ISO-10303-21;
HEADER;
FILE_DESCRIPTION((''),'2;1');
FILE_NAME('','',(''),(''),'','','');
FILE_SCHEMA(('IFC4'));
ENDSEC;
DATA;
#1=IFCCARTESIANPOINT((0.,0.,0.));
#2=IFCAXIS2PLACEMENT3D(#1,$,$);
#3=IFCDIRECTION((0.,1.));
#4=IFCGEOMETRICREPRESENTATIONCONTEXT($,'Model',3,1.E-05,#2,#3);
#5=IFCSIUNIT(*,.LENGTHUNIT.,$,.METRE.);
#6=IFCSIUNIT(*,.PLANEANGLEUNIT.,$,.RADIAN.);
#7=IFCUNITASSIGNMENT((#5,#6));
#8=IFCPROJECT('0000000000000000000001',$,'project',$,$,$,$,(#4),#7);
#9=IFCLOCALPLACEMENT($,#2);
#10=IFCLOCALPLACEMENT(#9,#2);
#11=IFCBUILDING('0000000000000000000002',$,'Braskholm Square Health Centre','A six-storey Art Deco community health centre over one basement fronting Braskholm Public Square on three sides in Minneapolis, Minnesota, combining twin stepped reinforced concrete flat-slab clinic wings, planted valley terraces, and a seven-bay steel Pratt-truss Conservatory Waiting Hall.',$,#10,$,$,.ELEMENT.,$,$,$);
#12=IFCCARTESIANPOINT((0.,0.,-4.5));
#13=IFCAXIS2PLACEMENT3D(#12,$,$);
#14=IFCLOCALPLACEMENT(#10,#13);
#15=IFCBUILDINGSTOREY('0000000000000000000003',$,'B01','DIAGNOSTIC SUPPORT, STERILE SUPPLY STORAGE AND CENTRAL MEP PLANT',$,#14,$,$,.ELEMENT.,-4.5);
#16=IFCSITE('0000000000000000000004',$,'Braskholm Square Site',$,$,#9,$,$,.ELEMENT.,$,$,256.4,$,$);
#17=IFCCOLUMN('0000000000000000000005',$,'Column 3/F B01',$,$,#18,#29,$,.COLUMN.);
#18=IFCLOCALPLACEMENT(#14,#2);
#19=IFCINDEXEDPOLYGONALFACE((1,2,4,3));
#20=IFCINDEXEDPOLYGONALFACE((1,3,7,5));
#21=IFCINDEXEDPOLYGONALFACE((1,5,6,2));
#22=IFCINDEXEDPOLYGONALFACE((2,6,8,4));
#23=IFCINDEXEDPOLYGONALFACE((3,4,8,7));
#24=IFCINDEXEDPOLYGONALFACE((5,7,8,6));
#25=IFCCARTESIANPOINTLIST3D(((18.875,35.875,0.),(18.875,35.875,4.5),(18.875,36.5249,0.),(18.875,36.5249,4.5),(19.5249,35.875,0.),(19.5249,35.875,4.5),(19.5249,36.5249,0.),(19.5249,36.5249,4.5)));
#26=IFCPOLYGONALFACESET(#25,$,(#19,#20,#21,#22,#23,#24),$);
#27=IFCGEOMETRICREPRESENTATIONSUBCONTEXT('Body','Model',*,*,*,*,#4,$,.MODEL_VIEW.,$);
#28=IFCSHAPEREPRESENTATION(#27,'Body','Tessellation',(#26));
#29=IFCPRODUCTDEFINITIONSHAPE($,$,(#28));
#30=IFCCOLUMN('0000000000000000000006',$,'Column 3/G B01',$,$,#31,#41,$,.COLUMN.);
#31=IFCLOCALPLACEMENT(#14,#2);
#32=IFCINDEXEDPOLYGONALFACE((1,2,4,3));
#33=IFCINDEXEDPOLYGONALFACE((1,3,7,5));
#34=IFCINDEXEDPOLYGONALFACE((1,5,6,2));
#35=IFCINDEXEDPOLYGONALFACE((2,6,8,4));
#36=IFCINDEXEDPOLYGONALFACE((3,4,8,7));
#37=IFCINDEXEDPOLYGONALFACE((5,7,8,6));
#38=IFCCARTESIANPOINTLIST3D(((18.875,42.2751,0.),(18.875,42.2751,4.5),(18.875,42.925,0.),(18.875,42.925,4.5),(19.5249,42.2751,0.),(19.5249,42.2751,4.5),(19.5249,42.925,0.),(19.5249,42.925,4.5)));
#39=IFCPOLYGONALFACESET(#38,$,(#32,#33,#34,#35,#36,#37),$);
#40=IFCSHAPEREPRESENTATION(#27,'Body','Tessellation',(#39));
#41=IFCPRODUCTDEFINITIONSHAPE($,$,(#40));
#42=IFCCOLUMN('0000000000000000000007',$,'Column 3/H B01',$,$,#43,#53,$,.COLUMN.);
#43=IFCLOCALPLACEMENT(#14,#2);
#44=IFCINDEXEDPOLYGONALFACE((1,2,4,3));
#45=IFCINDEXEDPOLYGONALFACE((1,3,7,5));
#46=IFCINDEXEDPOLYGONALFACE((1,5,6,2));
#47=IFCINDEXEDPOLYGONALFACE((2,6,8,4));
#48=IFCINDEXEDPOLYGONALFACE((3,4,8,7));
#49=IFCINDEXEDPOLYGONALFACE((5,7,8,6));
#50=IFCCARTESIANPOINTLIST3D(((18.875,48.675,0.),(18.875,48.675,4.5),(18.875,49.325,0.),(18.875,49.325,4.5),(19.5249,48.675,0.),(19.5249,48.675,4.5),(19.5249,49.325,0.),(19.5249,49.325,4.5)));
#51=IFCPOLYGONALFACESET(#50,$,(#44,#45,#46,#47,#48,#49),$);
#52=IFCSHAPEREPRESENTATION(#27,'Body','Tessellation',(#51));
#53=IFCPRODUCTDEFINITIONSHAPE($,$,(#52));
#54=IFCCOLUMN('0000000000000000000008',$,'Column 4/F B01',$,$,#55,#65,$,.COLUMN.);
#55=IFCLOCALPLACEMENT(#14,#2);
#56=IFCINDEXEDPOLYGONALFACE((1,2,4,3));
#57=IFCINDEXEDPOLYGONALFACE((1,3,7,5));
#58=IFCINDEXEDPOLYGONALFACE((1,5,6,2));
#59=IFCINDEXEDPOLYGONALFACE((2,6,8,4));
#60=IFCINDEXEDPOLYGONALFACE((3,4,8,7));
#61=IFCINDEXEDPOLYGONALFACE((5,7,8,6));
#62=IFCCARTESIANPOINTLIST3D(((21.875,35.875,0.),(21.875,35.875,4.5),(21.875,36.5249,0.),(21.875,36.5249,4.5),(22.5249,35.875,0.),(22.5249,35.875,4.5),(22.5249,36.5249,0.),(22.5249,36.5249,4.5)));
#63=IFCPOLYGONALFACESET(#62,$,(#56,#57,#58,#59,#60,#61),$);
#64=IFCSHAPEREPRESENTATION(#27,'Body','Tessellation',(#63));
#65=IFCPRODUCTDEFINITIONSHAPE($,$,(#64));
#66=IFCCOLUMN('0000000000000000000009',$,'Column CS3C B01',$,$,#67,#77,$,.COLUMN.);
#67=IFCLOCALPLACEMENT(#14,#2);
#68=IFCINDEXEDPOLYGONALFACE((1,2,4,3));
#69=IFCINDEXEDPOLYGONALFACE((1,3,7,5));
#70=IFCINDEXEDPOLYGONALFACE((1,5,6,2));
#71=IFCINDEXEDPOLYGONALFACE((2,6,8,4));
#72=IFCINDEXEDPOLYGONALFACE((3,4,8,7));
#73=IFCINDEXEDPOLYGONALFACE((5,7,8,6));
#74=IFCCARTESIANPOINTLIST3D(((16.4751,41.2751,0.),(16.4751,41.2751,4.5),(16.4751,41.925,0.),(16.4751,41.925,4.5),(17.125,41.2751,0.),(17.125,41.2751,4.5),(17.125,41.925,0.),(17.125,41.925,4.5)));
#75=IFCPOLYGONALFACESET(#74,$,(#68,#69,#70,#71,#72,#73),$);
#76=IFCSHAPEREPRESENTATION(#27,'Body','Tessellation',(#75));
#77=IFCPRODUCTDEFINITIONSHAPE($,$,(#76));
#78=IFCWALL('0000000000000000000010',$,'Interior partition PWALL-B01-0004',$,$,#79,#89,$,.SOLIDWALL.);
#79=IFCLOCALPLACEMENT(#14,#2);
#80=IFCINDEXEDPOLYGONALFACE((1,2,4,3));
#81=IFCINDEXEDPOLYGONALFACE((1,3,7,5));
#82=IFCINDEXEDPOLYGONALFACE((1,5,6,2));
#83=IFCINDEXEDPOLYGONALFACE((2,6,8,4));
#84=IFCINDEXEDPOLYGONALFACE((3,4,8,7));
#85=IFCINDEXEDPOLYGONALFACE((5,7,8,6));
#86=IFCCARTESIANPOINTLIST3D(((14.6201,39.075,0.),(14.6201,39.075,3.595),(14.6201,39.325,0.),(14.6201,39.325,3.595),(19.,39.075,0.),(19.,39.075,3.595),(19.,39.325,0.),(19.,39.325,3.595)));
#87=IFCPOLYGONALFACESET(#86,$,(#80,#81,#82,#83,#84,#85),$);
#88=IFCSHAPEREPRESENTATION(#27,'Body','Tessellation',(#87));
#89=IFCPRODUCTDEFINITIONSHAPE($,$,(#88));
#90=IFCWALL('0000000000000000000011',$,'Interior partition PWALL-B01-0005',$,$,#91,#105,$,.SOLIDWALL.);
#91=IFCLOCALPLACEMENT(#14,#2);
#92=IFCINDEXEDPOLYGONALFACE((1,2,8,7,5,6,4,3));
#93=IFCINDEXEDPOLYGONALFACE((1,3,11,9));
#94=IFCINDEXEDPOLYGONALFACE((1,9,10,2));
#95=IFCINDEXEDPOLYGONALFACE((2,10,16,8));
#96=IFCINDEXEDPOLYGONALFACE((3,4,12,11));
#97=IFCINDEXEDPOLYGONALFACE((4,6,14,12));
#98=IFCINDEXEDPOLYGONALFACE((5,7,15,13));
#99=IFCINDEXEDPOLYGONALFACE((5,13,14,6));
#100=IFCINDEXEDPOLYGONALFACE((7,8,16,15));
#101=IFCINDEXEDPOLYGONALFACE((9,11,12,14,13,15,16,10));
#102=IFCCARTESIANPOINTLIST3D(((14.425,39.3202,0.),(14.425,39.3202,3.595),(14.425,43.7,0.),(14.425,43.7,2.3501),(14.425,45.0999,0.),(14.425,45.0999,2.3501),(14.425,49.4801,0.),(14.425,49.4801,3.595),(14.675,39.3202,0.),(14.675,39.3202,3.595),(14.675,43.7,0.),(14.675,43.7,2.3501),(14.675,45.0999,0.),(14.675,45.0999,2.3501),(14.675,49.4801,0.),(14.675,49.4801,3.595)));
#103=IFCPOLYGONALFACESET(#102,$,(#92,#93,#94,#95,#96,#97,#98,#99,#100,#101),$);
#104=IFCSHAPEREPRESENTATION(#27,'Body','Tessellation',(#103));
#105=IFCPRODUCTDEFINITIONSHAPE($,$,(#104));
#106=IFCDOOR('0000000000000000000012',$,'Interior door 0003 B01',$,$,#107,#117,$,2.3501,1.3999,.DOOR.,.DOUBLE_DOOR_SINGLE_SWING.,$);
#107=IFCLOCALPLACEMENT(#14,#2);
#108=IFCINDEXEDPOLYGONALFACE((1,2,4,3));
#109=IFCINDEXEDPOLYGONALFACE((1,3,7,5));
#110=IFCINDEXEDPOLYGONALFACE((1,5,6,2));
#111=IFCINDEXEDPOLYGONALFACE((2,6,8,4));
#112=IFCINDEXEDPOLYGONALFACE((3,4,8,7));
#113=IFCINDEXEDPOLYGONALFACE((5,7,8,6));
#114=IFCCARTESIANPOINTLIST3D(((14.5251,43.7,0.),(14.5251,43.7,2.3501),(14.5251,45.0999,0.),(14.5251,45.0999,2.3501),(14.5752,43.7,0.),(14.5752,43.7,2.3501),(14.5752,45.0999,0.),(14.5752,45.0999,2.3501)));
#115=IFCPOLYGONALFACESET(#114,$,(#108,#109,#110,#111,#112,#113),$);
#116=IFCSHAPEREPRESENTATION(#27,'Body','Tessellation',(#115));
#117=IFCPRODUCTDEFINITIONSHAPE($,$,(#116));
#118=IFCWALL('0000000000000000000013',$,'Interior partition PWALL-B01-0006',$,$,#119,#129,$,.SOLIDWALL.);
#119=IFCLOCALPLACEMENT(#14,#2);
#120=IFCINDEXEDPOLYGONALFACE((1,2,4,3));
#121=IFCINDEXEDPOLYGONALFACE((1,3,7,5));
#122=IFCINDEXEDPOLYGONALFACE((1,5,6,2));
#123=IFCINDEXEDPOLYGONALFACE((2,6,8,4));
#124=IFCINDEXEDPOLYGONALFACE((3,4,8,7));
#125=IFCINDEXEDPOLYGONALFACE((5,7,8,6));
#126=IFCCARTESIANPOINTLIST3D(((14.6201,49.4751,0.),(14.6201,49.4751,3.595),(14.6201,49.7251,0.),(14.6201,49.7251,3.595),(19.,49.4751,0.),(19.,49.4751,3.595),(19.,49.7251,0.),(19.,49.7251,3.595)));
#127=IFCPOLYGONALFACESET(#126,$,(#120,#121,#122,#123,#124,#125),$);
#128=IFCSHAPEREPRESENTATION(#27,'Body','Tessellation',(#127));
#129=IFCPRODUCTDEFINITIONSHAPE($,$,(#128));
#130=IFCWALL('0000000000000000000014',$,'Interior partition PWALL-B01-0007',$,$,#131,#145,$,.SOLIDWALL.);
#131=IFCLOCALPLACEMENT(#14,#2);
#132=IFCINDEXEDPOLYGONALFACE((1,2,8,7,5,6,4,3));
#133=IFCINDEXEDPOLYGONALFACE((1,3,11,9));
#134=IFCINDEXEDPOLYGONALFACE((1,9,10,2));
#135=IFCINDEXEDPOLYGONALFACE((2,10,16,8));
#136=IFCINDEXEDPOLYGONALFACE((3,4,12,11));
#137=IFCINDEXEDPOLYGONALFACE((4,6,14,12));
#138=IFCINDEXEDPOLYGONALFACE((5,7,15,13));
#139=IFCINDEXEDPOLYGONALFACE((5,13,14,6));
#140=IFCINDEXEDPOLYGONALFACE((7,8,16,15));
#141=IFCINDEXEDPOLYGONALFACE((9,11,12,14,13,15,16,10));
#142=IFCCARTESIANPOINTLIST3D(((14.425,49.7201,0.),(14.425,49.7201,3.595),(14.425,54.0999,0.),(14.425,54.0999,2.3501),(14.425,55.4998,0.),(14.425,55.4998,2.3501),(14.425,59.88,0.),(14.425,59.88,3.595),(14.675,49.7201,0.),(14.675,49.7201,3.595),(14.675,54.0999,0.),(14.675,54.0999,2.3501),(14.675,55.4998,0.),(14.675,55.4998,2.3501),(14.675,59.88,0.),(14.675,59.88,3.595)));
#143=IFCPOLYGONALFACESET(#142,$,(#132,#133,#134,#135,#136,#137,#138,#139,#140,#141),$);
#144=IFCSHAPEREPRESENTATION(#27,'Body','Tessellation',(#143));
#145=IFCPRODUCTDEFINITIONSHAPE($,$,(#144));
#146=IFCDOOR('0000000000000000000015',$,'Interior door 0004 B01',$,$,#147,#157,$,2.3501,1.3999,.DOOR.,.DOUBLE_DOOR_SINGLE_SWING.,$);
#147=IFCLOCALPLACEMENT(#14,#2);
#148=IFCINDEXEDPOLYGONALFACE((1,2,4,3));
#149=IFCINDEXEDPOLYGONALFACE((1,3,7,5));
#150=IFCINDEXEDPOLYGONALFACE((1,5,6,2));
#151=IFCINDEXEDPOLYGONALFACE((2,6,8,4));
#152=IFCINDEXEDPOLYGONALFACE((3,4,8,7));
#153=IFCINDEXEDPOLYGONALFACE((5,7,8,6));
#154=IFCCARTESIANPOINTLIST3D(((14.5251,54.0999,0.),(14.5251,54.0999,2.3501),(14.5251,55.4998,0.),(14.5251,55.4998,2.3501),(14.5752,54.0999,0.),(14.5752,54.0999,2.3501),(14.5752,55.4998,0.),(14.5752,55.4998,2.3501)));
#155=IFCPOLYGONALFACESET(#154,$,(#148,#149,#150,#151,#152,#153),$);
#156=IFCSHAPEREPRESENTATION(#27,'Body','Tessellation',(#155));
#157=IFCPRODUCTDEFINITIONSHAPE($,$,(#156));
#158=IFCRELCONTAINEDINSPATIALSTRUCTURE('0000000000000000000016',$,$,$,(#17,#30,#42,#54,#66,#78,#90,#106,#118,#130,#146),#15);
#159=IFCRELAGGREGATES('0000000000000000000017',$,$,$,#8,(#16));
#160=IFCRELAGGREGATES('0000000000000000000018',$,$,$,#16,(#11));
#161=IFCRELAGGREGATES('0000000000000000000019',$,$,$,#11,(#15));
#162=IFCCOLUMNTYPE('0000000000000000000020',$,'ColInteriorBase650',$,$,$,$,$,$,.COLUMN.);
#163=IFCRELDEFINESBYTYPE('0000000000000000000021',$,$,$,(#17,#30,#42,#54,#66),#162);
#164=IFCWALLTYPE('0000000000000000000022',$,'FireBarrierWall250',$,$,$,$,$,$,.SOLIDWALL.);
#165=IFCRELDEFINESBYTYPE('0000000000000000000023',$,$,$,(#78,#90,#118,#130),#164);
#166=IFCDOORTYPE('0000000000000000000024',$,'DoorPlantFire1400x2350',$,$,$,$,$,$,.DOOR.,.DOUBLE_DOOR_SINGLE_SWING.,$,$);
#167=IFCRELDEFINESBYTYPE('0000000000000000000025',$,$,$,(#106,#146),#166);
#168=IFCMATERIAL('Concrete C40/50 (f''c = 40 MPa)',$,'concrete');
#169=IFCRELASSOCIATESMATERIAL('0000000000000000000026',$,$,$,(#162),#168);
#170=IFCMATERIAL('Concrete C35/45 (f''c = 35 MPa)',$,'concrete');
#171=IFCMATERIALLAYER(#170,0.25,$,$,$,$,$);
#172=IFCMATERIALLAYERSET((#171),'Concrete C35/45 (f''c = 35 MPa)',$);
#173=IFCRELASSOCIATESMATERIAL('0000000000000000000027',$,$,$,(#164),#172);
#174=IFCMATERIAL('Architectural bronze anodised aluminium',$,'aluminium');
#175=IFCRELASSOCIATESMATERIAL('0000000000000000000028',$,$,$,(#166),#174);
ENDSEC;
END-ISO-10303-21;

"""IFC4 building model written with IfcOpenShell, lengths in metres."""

from ifc_helpers import new_model, si_unit, direction, frame, frame_2d, origin, origin_with_axes, origin_2d, place, context, subcontext, project, spatial, rectangle, extrude, material, layer, layer_set, material_profile, profile_set, type_object, element, fill, save


model = new_model("IFC4")

# Units and contexts
model_context = context("Model", 3, precision=1e-05, world=origin(), true_north=direction((0.0, 1.0)))
body_context = subcontext(model_context, "Body", "Model", "MODEL_VIEW")
ifc_project = project(units=[si_unit("LENGTHUNIT", "METRE"), si_unit("PLANEANGLEUNIT", "RADIAN")], contexts=[model_context])

# Site, building, storey
site_placement = place(None, origin())
site = spatial("IfcSite", under=ifc_project, at=site_placement, Name="Braskholm Square Site", CompositionType="ELEMENT", RefElevation=256.4)
building_placement = place(site_placement, origin())
building = spatial("IfcBuilding", under=site, at=building_placement, Name="Braskholm Square Health Centre", Description="A six-storey Art Deco community health centre over one basement fronting Braskholm Public Square on three sides in Minneapolis, Minnesota, combining twin stepped reinforced concrete flat-slab clinic wings, planted valley terraces, and a seven-bay steel Pratt-truss Conservatory Waiting Hall.", CompositionType="ELEMENT")
storey_placement = place(building_placement, frame((0.0, 0.0, -4.5)))
storey = spatial("IfcBuildingStorey", under=building, at=storey_placement, Name="B01", Description="DIAGNOSTIC SUPPORT, STERILE SUPPLY STORAGE AND CENTRAL MEP PLANT", CompositionType="ELEMENT", Elevation=-4.5)

# Shared definitions
ifc_material_1 = material(Name="Concrete C40/50 (f'c = 40 MPa)", Category="concrete")

# Columns
ifc_material_profile_1 = material_profile(ifc_material_1, rectangle(XDim=0.6499, YDim=0.6499, at=origin_2d()), Name="RC-650X650")
ifc_profile_set_1 = profile_set([ifc_material_profile_1], Name="Concrete C40/50 (f'c = 40 MPa)")
column_type = type_object("IfcColumnType", Name="ColInteriorBase650", PredefinedType="COLUMN", material=ifc_profile_set_1)
for number, where, z_axis, x_axis, name in (
    (1, (19.2, 36.2, 0.0), (0.0, 0.0, 1.0), (1.0, 0.0, 0.0), "Column 3/F B01"),
    (2, (19.2, 42.6001, 0.0), (0.0, 0.0, 1.0), (1.0, 0.0, 0.0), "Column 3/G B01"),
    (3, (19.2, 49.0, 0.0), (0.0, 0.0, 1.0), (1.0, 0.0, 0.0), "Column 3/H B01"),
    (4, (22.2, 36.2, 0.0), (0.0, 0.0, 1.0), (1.0, 0.0, 0.0), "Column 4/F B01"),
    (5, (16.8, 41.6001, 0.0), (0.0, 0.0, 1.0), (1.0, 0.0, 0.0), "Column CS3C B01"),
):
    element("IfcColumn", number, at=place(storey_placement, frame(where, z_axis=z_axis, x_axis=x_axis)), inside=storey, type_object=column_type, Name=name, PredefinedType="COLUMN", context=body_context, shape_type="SweptSolid", body=[
        extrude(rectangle(XDim=0.6499, YDim=0.6499, at=origin_2d()), origin(), (0.0, 0.0, 1.0), 4.5),
    ])

# Wall
ifc_material_2 = material(Name="Concrete C35/45 (f'c = 35 MPa)", Category="concrete")
ifc_layer = layer(ifc_material_2, 0.25)
ifc_layer_set = layer_set([ifc_layer], Name="Concrete C35/45 (f'c = 35 MPa)")
wall_type = type_object("IfcWallType", Name="FireBarrierWall250", PredefinedType="SOLIDWALL", material=ifc_layer_set)
wall_1_placement = place(storey_placement, frame((14.6201, 39.2, 0.0), z_axis=(0.0, 0.0, 1.0), x_axis=(1.0, 0.0, 0.0)))
element("IfcWall", 6, at=wall_1_placement, inside=storey, type_object=wall_type, Name="Interior partition PWALL-B01-0004", PredefinedType="SOLIDWALL", context=body_context, shape_type="SweptSolid", body=[
    extrude(rectangle(XDim=4.3799, YDim=0.25, at=frame_2d((2.1899, 0.0))), origin(), (0.0, 0.0, 1.0), 3.595),
])

# Wall, opening, door
wall_2_placement = place(storey_placement, frame((14.55, 39.3201, 0.0), z_axis=(0.0, 0.0, 1.0), x_axis=(0.0, 1.0, 0.0)))
wall_2 = element("IfcWall", 7, at=wall_2_placement, inside=storey, type_object=wall_type, Name="Interior partition PWALL-B01-0005", PredefinedType="SOLIDWALL", context=body_context, shape_type="SweptSolid", body=[
    extrude(rectangle(XDim=10.1599, YDim=0.25, at=frame_2d((5.0801, 0.0))), origin(), (0.0, 0.0, 1.0), 3.595),
])
opening_1_placement = place(wall_2_placement, frame((4.3799, 0.0, 0.0)))
opening_1 = element("IfcOpeningElement", 8, at=opening_1_placement, cuts=wall_2, PredefinedType="OPENING", context=body_context, shape_type="SweptSolid", body=[
    extrude(rectangle(XDim=1.3999, YDim=2.3501, at=frame_2d((0.7, 1.175))), frame((0.0, 0.135, 0.0), z_axis=(0.0, -1.0, 0.0), x_axis=(1.0, 0.0, 0.0)), (0.0, 0.0, 1.0), 0.27),
])
ifc_material_3 = material(Name="Architectural bronze anodised aluminium", Category="aluminium")
door_type = type_object("IfcDoorType", Name="DoorPlantFire1400x2350", OperationType="DOUBLE_DOOR_SINGLE_SWING", PredefinedType="DOOR", material=ifc_material_3)
door_1_placement = place(opening_1_placement, origin_with_axes())
door_1 = element("IfcDoor", 9, at=door_1_placement, inside=storey, type_object=door_type, Name="Interior door 0003 B01", OperationType="DOUBLE_DOOR_SINGLE_SWING", OverallHeight=2.3501, OverallWidth=1.3999, PredefinedType="DOOR", context=body_context, shape_type="SweptSolid", body=[
    extrude(rectangle(XDim=1.3999, YDim=2.3501, at=frame_2d((0.7, 1.175))), frame((0.0, 0.0249, 0.0), z_axis=(0.0, -1.0, 0.0), x_axis=(1.0, 0.0, 0.0)), (0.0, 0.0, 1.0), 0.05),
])
fill(opening_1, door_1)

# Wall
wall_3_placement = place(storey_placement, frame((14.6201, 49.6001, 0.0), z_axis=(0.0, 0.0, 1.0), x_axis=(1.0, 0.0, 0.0)))
element("IfcWall", 10, at=wall_3_placement, inside=storey, type_object=wall_type, Name="Interior partition PWALL-B01-0006", PredefinedType="SOLIDWALL", context=body_context, shape_type="SweptSolid", body=[
    extrude(rectangle(XDim=4.3799, YDim=0.25, at=frame_2d((2.1899, 0.0))), origin(), (0.0, 0.0, 1.0), 3.595),
])

# Wall, opening, door
wall_4_placement = place(storey_placement, frame((14.55, 49.72, 0.0), z_axis=(0.0, 0.0, 1.0), x_axis=(0.0, 1.0, 0.0)))
wall_4 = element("IfcWall", 11, at=wall_4_placement, inside=storey, type_object=wall_type, Name="Interior partition PWALL-B01-0007", PredefinedType="SOLIDWALL", context=body_context, shape_type="SweptSolid", body=[
    extrude(rectangle(XDim=10.1599, YDim=0.25, at=frame_2d((5.0801, 0.0))), origin(), (0.0, 0.0, 1.0), 3.595),
])
opening_2_placement = place(wall_4_placement, frame((4.3799, 0.0, 0.0)))
opening_2 = element("IfcOpeningElement", 12, at=opening_2_placement, cuts=wall_4, PredefinedType="OPENING", context=body_context, shape_type="SweptSolid", body=[
    extrude(rectangle(XDim=1.3999, YDim=2.3501, at=frame_2d((0.7, 1.175))), frame((0.0, 0.135, 0.0), z_axis=(0.0, -1.0, 0.0), x_axis=(1.0, 0.0, 0.0)), (0.0, 0.0, 1.0), 0.27),
])
door_2_placement = place(opening_2_placement, origin_with_axes())
door_2 = element("IfcDoor", 13, at=door_2_placement, inside=storey, type_object=door_type, Name="Interior door 0004 B01", OperationType="DOUBLE_DOOR_SINGLE_SWING", OverallHeight=2.3501, OverallWidth=1.3999, PredefinedType="DOOR", context=body_context, shape_type="SweptSolid", body=[
    extrude(rectangle(XDim=1.3999, YDim=2.3501, at=frame_2d((0.7, 1.175))), frame((0.0, 0.0249, 0.0), z_axis=(0.0, -1.0, 0.0), x_axis=(1.0, 0.0, 0.0)), (0.0, 0.0, 1.0), 0.05),
])
fill(opening_2, door_2)

save(model, "model.ifc")
